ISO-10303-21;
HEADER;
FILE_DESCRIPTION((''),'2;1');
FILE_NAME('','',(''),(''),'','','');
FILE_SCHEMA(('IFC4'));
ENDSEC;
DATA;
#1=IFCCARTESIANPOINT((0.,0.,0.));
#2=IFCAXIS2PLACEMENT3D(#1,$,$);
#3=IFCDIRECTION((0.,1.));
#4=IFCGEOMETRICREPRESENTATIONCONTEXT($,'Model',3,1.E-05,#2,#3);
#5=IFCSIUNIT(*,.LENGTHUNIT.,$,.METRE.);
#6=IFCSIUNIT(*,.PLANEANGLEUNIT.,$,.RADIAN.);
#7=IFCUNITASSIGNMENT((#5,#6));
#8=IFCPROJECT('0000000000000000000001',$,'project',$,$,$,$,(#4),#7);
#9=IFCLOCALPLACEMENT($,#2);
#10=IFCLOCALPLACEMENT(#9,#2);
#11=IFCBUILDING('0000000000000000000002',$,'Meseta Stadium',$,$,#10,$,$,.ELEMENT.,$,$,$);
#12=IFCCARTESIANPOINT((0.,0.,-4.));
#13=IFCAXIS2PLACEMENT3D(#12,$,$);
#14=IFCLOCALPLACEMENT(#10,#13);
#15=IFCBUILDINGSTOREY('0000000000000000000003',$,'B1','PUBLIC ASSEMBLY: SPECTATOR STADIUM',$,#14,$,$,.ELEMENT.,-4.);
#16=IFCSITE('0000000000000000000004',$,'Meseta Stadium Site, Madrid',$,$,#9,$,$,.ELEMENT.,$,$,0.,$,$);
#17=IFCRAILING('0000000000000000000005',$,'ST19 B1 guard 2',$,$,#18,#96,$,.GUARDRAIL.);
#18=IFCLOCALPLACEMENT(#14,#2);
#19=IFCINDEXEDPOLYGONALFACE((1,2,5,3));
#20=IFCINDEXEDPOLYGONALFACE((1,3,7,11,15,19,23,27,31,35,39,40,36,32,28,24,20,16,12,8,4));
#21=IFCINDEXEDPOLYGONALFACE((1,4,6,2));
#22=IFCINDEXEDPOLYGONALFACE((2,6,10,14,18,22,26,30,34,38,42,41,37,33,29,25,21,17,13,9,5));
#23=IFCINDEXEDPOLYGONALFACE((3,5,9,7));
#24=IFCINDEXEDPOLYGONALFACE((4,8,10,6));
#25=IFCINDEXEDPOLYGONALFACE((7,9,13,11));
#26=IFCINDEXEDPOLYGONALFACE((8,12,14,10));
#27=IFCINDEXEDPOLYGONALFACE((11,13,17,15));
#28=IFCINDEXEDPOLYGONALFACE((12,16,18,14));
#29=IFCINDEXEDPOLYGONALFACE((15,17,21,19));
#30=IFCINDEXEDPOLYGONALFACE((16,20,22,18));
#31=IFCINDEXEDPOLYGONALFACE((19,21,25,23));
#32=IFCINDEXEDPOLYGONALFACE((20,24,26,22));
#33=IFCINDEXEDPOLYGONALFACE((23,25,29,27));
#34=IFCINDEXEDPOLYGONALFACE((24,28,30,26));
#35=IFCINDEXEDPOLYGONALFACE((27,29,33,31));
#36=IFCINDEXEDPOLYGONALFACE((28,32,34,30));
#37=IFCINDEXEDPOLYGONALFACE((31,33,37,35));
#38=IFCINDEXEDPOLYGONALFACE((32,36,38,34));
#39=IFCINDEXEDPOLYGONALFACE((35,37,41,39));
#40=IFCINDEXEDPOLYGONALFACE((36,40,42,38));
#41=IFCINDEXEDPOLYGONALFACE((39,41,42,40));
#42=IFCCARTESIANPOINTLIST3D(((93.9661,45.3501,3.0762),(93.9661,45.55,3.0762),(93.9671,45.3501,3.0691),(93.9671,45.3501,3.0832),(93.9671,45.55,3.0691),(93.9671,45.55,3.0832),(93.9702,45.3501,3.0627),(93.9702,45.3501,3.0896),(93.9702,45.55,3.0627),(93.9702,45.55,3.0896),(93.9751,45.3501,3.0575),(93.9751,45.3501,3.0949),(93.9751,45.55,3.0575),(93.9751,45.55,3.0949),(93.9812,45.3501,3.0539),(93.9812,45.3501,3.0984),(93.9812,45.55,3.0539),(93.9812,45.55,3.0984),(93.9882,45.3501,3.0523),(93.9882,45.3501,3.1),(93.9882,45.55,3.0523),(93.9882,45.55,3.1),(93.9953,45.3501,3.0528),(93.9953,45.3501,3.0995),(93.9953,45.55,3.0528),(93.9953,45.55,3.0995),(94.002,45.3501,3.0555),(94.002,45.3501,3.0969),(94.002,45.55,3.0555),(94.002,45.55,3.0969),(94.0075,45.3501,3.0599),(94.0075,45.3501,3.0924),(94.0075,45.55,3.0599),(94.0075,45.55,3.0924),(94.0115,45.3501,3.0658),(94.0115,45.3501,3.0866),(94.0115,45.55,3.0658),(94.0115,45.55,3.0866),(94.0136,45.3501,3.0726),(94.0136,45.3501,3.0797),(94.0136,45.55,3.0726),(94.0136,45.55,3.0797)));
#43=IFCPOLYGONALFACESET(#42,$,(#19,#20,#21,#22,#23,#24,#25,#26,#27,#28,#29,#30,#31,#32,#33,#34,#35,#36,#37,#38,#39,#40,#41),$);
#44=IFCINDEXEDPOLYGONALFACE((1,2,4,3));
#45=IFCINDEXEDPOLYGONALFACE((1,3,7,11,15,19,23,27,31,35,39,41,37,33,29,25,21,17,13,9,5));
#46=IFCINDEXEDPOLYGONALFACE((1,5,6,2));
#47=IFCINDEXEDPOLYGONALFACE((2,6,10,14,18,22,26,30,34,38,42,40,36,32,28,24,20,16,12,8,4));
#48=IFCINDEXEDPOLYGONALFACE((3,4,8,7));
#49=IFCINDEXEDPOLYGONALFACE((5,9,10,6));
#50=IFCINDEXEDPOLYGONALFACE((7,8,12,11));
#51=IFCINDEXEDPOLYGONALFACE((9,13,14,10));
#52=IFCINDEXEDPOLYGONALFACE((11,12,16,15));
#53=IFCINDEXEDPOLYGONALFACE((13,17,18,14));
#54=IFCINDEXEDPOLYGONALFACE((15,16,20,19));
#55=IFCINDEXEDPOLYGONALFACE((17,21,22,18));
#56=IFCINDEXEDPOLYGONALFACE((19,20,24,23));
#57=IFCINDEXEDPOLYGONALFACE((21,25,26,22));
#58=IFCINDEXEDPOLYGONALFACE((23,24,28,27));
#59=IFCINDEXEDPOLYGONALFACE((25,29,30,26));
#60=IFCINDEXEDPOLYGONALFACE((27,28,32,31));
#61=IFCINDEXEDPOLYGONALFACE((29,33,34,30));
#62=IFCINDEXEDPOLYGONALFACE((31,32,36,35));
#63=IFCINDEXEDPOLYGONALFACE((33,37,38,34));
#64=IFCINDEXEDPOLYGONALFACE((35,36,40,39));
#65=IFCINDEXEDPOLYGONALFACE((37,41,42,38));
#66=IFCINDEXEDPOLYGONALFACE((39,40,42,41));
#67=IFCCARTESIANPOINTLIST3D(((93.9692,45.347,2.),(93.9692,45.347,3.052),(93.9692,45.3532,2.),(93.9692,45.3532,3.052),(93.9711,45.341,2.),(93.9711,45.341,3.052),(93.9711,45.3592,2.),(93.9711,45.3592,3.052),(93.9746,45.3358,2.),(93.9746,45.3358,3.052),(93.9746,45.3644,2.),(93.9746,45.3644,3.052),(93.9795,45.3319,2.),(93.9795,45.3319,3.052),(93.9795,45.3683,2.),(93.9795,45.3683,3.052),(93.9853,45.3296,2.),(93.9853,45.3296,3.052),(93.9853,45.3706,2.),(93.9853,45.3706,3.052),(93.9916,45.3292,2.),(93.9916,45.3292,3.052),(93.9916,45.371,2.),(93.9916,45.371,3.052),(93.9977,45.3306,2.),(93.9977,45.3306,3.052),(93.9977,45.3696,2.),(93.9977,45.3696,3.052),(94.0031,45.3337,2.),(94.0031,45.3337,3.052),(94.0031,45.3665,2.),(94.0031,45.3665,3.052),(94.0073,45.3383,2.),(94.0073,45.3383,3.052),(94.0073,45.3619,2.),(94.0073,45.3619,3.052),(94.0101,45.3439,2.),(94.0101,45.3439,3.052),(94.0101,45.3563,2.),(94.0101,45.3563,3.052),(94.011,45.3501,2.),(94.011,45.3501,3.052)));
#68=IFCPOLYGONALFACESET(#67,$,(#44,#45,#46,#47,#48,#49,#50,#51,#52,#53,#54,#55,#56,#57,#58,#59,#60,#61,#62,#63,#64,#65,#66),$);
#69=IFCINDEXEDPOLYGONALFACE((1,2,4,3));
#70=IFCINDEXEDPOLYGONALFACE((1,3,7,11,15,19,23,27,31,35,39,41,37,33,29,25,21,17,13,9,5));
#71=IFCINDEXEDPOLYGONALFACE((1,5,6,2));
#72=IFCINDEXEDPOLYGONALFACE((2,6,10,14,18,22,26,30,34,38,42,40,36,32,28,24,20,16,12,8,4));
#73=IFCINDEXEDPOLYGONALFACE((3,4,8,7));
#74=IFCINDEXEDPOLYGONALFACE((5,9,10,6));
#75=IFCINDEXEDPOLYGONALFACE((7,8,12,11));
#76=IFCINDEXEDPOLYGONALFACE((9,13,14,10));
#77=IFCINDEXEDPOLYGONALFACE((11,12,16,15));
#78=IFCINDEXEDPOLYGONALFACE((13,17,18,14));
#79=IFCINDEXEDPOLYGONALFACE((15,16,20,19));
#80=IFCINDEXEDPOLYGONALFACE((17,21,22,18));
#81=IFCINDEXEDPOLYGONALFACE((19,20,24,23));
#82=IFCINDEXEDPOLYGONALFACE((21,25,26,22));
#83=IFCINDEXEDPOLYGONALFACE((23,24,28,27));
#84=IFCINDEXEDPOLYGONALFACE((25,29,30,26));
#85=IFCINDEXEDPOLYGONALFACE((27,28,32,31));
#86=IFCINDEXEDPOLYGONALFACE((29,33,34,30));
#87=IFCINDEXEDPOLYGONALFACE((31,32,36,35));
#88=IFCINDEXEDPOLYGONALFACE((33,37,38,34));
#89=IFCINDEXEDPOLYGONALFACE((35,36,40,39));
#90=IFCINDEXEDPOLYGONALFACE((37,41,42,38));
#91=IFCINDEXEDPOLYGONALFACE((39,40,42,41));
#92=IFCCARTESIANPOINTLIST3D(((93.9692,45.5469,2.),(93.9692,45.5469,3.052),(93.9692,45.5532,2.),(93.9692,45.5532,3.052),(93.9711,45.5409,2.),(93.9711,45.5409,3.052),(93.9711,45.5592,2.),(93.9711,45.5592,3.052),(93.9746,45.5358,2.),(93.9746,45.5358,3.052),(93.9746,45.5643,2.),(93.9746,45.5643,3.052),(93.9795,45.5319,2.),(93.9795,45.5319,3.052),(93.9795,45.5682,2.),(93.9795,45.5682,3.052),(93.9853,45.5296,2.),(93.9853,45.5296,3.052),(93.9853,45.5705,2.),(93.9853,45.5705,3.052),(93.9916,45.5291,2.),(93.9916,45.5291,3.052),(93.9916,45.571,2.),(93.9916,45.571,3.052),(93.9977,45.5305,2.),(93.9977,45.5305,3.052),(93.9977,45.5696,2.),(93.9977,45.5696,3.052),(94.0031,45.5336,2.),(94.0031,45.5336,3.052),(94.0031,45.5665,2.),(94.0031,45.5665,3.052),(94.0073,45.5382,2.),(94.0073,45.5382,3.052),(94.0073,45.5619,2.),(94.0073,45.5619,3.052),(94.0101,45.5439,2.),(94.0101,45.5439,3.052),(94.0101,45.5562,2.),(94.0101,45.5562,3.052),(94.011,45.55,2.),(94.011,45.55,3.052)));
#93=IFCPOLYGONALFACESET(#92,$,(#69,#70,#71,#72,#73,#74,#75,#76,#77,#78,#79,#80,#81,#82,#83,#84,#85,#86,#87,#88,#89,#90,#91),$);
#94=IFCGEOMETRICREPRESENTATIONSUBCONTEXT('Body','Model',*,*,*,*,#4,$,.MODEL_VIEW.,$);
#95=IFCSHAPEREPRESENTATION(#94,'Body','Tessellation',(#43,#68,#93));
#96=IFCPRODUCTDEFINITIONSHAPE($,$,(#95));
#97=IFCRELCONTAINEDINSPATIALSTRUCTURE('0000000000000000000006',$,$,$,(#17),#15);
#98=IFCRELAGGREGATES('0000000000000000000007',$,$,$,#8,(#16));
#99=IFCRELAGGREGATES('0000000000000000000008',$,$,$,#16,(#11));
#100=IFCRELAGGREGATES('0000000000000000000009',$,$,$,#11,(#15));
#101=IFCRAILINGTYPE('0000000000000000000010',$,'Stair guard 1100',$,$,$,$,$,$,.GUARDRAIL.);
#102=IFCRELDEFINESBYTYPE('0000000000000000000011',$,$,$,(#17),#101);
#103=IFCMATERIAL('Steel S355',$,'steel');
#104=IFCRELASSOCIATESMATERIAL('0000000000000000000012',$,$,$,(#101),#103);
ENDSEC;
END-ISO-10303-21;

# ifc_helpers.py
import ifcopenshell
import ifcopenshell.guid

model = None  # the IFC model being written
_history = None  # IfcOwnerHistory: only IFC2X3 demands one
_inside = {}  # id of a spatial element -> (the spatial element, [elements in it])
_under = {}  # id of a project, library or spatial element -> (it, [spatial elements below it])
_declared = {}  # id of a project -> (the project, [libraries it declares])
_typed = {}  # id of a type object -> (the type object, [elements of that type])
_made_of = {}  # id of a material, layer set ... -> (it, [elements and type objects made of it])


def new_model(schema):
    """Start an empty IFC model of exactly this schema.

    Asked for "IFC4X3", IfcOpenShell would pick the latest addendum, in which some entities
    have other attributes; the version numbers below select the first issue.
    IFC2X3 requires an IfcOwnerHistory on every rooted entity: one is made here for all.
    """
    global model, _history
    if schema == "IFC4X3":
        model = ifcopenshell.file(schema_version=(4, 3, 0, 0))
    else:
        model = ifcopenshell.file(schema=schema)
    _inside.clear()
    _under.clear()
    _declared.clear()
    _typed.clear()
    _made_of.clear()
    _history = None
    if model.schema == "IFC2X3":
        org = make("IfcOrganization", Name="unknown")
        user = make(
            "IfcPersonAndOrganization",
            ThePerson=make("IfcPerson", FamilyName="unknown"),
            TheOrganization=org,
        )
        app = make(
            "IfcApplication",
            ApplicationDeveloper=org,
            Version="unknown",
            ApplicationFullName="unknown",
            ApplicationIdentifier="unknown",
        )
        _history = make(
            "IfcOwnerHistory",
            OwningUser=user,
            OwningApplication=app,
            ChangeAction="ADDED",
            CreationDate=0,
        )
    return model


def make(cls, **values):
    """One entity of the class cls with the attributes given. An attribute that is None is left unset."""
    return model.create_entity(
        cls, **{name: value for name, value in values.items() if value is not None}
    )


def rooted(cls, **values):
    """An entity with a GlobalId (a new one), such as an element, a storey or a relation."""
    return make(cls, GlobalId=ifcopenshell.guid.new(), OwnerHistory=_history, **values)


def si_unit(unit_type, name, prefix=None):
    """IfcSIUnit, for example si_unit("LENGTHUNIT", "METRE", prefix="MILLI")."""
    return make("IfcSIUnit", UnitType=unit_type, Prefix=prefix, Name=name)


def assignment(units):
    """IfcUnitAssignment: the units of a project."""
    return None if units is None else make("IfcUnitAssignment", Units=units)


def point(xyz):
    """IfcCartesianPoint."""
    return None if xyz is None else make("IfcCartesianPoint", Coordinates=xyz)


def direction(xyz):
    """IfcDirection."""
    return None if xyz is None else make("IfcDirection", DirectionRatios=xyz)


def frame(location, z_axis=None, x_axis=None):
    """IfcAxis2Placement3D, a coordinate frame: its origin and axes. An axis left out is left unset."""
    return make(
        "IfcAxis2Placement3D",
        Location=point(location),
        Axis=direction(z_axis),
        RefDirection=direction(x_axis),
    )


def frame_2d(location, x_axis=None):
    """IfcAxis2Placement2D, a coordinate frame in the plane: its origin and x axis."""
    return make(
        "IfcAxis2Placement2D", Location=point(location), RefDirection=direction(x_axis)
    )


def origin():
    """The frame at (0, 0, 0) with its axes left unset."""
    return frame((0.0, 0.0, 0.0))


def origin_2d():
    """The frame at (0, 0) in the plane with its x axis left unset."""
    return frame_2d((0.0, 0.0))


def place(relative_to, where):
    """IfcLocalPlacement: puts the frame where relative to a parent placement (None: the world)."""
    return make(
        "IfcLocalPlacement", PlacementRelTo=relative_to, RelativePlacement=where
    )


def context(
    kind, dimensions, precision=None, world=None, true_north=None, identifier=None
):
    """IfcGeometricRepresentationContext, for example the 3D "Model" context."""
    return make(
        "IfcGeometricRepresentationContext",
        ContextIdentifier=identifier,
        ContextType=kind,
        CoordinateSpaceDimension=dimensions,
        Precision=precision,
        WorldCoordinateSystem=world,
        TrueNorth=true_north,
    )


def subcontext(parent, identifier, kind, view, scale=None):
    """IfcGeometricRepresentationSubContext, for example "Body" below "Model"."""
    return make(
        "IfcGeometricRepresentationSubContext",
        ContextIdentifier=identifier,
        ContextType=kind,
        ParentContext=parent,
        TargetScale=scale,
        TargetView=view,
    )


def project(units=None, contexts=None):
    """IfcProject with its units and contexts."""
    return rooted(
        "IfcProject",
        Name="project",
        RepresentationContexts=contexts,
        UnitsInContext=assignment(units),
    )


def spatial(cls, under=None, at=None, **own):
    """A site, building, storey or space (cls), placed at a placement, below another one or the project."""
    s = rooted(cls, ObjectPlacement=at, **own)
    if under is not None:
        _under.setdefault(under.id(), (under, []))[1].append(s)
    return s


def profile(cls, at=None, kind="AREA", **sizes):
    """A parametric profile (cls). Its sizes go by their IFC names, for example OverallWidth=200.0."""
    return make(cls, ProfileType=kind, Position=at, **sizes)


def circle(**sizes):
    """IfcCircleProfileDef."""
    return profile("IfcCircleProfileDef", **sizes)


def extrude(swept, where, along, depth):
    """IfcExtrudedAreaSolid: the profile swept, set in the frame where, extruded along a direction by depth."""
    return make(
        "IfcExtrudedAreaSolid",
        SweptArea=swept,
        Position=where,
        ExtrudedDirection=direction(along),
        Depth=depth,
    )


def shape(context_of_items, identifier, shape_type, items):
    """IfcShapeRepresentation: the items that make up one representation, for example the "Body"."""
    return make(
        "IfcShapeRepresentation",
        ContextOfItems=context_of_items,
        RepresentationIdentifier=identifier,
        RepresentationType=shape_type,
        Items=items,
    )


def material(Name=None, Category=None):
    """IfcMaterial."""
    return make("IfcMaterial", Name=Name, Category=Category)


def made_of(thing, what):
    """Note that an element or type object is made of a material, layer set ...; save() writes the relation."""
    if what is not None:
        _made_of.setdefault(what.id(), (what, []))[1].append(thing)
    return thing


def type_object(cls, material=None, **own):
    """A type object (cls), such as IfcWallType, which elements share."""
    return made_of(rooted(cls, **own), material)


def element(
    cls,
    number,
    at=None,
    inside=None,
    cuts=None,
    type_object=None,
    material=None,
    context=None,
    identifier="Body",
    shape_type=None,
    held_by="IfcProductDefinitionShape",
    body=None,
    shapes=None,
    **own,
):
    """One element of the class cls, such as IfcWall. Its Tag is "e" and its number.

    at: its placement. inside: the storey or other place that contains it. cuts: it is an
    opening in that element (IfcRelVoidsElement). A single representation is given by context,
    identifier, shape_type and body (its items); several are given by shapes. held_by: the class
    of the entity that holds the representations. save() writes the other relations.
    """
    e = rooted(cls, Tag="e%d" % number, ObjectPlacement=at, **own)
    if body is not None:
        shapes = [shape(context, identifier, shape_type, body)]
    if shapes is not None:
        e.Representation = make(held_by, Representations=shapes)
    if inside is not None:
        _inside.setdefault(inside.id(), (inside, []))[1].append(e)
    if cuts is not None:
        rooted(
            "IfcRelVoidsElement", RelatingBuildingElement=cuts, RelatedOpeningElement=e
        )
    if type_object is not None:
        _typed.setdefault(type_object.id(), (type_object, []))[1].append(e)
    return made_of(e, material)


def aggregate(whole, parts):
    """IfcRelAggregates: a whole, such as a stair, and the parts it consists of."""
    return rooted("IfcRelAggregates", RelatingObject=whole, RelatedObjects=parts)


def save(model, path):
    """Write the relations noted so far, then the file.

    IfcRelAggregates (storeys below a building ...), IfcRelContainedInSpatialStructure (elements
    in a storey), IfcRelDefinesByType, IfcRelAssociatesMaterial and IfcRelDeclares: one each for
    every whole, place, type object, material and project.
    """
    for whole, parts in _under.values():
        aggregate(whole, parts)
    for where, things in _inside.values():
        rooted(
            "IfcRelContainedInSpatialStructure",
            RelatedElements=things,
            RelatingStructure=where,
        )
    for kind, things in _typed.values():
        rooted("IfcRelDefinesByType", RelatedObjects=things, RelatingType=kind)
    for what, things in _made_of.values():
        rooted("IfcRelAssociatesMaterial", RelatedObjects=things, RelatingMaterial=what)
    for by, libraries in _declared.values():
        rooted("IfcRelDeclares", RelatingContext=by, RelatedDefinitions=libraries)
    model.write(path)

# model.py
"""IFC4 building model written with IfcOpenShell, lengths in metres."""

from ifc_helpers import new_model, si_unit, direction, frame, origin, origin_2d, place, context, subcontext, project, spatial, circle, extrude, material, type_object, element, save


model = new_model("IFC4")

# Units and contexts
model_context = context("Model", 3, precision=1e-05, world=origin(), true_north=direction((0.0, 1.0)))
body_context = subcontext(model_context, "Body", "Model", "MODEL_VIEW")
ifc_project = project(units=[si_unit("LENGTHUNIT", "METRE"), si_unit("PLANEANGLEUNIT", "RADIAN")], contexts=[model_context])

# Site, building, storey
site_placement = place(None, origin())
site = spatial("IfcSite", under=ifc_project, at=site_placement, Name="Meseta Stadium Site, Madrid", CompositionType="ELEMENT", RefElevation=0.0)
building_placement = place(site_placement, origin())
building = spatial("IfcBuilding", under=site, at=building_placement, Name="Meseta Stadium", CompositionType="ELEMENT")
storey_placement = place(building_placement, frame((0.0, 0.0, -4.0)))
storey = spatial("IfcBuildingStorey", under=building, at=storey_placement, Name="B1", Description="PUBLIC ASSEMBLY: SPECTATOR STADIUM", CompositionType="ELEMENT", Elevation=-4.0)

# Railing
ifc_material_1 = material(Name="Steel S355", Category="steel")
railing_type_1 = type_object("IfcRailingType", Name="Stair guard 1100", PredefinedType="GUARDRAIL", material=ifc_material_1)
railing_1_placement = place(storey_placement, frame((93.99, 45.3501, 2.0)))
element("IfcRailing", 1, at=railing_1_placement, inside=storey, type_object=railing_type_1, Name="ST19 B1 guard 2", PredefinedType="GUARDRAIL", context=body_context, shape_type="SweptSolid", body=[
    extrude(circle(Radius=0.0239, at=origin_2d()), frame((0.0, 0.0, 1.0762), z_axis=(0.0, 1.0, 0.0), x_axis=(-1.0, 0.0, 0.0)), (0.0, 0.0, 1.0), 0.2),
    extrude(circle(Radius=0.021, at=origin_2d()), origin(), (0.0, 0.0, 1.0), 1.052),
    extrude(circle(Radius=0.021, at=origin_2d()), frame((0.0, 0.2, 0.0)), (0.0, 0.0, 1.0), 1.052),
])

save(model, "model.ifc")
